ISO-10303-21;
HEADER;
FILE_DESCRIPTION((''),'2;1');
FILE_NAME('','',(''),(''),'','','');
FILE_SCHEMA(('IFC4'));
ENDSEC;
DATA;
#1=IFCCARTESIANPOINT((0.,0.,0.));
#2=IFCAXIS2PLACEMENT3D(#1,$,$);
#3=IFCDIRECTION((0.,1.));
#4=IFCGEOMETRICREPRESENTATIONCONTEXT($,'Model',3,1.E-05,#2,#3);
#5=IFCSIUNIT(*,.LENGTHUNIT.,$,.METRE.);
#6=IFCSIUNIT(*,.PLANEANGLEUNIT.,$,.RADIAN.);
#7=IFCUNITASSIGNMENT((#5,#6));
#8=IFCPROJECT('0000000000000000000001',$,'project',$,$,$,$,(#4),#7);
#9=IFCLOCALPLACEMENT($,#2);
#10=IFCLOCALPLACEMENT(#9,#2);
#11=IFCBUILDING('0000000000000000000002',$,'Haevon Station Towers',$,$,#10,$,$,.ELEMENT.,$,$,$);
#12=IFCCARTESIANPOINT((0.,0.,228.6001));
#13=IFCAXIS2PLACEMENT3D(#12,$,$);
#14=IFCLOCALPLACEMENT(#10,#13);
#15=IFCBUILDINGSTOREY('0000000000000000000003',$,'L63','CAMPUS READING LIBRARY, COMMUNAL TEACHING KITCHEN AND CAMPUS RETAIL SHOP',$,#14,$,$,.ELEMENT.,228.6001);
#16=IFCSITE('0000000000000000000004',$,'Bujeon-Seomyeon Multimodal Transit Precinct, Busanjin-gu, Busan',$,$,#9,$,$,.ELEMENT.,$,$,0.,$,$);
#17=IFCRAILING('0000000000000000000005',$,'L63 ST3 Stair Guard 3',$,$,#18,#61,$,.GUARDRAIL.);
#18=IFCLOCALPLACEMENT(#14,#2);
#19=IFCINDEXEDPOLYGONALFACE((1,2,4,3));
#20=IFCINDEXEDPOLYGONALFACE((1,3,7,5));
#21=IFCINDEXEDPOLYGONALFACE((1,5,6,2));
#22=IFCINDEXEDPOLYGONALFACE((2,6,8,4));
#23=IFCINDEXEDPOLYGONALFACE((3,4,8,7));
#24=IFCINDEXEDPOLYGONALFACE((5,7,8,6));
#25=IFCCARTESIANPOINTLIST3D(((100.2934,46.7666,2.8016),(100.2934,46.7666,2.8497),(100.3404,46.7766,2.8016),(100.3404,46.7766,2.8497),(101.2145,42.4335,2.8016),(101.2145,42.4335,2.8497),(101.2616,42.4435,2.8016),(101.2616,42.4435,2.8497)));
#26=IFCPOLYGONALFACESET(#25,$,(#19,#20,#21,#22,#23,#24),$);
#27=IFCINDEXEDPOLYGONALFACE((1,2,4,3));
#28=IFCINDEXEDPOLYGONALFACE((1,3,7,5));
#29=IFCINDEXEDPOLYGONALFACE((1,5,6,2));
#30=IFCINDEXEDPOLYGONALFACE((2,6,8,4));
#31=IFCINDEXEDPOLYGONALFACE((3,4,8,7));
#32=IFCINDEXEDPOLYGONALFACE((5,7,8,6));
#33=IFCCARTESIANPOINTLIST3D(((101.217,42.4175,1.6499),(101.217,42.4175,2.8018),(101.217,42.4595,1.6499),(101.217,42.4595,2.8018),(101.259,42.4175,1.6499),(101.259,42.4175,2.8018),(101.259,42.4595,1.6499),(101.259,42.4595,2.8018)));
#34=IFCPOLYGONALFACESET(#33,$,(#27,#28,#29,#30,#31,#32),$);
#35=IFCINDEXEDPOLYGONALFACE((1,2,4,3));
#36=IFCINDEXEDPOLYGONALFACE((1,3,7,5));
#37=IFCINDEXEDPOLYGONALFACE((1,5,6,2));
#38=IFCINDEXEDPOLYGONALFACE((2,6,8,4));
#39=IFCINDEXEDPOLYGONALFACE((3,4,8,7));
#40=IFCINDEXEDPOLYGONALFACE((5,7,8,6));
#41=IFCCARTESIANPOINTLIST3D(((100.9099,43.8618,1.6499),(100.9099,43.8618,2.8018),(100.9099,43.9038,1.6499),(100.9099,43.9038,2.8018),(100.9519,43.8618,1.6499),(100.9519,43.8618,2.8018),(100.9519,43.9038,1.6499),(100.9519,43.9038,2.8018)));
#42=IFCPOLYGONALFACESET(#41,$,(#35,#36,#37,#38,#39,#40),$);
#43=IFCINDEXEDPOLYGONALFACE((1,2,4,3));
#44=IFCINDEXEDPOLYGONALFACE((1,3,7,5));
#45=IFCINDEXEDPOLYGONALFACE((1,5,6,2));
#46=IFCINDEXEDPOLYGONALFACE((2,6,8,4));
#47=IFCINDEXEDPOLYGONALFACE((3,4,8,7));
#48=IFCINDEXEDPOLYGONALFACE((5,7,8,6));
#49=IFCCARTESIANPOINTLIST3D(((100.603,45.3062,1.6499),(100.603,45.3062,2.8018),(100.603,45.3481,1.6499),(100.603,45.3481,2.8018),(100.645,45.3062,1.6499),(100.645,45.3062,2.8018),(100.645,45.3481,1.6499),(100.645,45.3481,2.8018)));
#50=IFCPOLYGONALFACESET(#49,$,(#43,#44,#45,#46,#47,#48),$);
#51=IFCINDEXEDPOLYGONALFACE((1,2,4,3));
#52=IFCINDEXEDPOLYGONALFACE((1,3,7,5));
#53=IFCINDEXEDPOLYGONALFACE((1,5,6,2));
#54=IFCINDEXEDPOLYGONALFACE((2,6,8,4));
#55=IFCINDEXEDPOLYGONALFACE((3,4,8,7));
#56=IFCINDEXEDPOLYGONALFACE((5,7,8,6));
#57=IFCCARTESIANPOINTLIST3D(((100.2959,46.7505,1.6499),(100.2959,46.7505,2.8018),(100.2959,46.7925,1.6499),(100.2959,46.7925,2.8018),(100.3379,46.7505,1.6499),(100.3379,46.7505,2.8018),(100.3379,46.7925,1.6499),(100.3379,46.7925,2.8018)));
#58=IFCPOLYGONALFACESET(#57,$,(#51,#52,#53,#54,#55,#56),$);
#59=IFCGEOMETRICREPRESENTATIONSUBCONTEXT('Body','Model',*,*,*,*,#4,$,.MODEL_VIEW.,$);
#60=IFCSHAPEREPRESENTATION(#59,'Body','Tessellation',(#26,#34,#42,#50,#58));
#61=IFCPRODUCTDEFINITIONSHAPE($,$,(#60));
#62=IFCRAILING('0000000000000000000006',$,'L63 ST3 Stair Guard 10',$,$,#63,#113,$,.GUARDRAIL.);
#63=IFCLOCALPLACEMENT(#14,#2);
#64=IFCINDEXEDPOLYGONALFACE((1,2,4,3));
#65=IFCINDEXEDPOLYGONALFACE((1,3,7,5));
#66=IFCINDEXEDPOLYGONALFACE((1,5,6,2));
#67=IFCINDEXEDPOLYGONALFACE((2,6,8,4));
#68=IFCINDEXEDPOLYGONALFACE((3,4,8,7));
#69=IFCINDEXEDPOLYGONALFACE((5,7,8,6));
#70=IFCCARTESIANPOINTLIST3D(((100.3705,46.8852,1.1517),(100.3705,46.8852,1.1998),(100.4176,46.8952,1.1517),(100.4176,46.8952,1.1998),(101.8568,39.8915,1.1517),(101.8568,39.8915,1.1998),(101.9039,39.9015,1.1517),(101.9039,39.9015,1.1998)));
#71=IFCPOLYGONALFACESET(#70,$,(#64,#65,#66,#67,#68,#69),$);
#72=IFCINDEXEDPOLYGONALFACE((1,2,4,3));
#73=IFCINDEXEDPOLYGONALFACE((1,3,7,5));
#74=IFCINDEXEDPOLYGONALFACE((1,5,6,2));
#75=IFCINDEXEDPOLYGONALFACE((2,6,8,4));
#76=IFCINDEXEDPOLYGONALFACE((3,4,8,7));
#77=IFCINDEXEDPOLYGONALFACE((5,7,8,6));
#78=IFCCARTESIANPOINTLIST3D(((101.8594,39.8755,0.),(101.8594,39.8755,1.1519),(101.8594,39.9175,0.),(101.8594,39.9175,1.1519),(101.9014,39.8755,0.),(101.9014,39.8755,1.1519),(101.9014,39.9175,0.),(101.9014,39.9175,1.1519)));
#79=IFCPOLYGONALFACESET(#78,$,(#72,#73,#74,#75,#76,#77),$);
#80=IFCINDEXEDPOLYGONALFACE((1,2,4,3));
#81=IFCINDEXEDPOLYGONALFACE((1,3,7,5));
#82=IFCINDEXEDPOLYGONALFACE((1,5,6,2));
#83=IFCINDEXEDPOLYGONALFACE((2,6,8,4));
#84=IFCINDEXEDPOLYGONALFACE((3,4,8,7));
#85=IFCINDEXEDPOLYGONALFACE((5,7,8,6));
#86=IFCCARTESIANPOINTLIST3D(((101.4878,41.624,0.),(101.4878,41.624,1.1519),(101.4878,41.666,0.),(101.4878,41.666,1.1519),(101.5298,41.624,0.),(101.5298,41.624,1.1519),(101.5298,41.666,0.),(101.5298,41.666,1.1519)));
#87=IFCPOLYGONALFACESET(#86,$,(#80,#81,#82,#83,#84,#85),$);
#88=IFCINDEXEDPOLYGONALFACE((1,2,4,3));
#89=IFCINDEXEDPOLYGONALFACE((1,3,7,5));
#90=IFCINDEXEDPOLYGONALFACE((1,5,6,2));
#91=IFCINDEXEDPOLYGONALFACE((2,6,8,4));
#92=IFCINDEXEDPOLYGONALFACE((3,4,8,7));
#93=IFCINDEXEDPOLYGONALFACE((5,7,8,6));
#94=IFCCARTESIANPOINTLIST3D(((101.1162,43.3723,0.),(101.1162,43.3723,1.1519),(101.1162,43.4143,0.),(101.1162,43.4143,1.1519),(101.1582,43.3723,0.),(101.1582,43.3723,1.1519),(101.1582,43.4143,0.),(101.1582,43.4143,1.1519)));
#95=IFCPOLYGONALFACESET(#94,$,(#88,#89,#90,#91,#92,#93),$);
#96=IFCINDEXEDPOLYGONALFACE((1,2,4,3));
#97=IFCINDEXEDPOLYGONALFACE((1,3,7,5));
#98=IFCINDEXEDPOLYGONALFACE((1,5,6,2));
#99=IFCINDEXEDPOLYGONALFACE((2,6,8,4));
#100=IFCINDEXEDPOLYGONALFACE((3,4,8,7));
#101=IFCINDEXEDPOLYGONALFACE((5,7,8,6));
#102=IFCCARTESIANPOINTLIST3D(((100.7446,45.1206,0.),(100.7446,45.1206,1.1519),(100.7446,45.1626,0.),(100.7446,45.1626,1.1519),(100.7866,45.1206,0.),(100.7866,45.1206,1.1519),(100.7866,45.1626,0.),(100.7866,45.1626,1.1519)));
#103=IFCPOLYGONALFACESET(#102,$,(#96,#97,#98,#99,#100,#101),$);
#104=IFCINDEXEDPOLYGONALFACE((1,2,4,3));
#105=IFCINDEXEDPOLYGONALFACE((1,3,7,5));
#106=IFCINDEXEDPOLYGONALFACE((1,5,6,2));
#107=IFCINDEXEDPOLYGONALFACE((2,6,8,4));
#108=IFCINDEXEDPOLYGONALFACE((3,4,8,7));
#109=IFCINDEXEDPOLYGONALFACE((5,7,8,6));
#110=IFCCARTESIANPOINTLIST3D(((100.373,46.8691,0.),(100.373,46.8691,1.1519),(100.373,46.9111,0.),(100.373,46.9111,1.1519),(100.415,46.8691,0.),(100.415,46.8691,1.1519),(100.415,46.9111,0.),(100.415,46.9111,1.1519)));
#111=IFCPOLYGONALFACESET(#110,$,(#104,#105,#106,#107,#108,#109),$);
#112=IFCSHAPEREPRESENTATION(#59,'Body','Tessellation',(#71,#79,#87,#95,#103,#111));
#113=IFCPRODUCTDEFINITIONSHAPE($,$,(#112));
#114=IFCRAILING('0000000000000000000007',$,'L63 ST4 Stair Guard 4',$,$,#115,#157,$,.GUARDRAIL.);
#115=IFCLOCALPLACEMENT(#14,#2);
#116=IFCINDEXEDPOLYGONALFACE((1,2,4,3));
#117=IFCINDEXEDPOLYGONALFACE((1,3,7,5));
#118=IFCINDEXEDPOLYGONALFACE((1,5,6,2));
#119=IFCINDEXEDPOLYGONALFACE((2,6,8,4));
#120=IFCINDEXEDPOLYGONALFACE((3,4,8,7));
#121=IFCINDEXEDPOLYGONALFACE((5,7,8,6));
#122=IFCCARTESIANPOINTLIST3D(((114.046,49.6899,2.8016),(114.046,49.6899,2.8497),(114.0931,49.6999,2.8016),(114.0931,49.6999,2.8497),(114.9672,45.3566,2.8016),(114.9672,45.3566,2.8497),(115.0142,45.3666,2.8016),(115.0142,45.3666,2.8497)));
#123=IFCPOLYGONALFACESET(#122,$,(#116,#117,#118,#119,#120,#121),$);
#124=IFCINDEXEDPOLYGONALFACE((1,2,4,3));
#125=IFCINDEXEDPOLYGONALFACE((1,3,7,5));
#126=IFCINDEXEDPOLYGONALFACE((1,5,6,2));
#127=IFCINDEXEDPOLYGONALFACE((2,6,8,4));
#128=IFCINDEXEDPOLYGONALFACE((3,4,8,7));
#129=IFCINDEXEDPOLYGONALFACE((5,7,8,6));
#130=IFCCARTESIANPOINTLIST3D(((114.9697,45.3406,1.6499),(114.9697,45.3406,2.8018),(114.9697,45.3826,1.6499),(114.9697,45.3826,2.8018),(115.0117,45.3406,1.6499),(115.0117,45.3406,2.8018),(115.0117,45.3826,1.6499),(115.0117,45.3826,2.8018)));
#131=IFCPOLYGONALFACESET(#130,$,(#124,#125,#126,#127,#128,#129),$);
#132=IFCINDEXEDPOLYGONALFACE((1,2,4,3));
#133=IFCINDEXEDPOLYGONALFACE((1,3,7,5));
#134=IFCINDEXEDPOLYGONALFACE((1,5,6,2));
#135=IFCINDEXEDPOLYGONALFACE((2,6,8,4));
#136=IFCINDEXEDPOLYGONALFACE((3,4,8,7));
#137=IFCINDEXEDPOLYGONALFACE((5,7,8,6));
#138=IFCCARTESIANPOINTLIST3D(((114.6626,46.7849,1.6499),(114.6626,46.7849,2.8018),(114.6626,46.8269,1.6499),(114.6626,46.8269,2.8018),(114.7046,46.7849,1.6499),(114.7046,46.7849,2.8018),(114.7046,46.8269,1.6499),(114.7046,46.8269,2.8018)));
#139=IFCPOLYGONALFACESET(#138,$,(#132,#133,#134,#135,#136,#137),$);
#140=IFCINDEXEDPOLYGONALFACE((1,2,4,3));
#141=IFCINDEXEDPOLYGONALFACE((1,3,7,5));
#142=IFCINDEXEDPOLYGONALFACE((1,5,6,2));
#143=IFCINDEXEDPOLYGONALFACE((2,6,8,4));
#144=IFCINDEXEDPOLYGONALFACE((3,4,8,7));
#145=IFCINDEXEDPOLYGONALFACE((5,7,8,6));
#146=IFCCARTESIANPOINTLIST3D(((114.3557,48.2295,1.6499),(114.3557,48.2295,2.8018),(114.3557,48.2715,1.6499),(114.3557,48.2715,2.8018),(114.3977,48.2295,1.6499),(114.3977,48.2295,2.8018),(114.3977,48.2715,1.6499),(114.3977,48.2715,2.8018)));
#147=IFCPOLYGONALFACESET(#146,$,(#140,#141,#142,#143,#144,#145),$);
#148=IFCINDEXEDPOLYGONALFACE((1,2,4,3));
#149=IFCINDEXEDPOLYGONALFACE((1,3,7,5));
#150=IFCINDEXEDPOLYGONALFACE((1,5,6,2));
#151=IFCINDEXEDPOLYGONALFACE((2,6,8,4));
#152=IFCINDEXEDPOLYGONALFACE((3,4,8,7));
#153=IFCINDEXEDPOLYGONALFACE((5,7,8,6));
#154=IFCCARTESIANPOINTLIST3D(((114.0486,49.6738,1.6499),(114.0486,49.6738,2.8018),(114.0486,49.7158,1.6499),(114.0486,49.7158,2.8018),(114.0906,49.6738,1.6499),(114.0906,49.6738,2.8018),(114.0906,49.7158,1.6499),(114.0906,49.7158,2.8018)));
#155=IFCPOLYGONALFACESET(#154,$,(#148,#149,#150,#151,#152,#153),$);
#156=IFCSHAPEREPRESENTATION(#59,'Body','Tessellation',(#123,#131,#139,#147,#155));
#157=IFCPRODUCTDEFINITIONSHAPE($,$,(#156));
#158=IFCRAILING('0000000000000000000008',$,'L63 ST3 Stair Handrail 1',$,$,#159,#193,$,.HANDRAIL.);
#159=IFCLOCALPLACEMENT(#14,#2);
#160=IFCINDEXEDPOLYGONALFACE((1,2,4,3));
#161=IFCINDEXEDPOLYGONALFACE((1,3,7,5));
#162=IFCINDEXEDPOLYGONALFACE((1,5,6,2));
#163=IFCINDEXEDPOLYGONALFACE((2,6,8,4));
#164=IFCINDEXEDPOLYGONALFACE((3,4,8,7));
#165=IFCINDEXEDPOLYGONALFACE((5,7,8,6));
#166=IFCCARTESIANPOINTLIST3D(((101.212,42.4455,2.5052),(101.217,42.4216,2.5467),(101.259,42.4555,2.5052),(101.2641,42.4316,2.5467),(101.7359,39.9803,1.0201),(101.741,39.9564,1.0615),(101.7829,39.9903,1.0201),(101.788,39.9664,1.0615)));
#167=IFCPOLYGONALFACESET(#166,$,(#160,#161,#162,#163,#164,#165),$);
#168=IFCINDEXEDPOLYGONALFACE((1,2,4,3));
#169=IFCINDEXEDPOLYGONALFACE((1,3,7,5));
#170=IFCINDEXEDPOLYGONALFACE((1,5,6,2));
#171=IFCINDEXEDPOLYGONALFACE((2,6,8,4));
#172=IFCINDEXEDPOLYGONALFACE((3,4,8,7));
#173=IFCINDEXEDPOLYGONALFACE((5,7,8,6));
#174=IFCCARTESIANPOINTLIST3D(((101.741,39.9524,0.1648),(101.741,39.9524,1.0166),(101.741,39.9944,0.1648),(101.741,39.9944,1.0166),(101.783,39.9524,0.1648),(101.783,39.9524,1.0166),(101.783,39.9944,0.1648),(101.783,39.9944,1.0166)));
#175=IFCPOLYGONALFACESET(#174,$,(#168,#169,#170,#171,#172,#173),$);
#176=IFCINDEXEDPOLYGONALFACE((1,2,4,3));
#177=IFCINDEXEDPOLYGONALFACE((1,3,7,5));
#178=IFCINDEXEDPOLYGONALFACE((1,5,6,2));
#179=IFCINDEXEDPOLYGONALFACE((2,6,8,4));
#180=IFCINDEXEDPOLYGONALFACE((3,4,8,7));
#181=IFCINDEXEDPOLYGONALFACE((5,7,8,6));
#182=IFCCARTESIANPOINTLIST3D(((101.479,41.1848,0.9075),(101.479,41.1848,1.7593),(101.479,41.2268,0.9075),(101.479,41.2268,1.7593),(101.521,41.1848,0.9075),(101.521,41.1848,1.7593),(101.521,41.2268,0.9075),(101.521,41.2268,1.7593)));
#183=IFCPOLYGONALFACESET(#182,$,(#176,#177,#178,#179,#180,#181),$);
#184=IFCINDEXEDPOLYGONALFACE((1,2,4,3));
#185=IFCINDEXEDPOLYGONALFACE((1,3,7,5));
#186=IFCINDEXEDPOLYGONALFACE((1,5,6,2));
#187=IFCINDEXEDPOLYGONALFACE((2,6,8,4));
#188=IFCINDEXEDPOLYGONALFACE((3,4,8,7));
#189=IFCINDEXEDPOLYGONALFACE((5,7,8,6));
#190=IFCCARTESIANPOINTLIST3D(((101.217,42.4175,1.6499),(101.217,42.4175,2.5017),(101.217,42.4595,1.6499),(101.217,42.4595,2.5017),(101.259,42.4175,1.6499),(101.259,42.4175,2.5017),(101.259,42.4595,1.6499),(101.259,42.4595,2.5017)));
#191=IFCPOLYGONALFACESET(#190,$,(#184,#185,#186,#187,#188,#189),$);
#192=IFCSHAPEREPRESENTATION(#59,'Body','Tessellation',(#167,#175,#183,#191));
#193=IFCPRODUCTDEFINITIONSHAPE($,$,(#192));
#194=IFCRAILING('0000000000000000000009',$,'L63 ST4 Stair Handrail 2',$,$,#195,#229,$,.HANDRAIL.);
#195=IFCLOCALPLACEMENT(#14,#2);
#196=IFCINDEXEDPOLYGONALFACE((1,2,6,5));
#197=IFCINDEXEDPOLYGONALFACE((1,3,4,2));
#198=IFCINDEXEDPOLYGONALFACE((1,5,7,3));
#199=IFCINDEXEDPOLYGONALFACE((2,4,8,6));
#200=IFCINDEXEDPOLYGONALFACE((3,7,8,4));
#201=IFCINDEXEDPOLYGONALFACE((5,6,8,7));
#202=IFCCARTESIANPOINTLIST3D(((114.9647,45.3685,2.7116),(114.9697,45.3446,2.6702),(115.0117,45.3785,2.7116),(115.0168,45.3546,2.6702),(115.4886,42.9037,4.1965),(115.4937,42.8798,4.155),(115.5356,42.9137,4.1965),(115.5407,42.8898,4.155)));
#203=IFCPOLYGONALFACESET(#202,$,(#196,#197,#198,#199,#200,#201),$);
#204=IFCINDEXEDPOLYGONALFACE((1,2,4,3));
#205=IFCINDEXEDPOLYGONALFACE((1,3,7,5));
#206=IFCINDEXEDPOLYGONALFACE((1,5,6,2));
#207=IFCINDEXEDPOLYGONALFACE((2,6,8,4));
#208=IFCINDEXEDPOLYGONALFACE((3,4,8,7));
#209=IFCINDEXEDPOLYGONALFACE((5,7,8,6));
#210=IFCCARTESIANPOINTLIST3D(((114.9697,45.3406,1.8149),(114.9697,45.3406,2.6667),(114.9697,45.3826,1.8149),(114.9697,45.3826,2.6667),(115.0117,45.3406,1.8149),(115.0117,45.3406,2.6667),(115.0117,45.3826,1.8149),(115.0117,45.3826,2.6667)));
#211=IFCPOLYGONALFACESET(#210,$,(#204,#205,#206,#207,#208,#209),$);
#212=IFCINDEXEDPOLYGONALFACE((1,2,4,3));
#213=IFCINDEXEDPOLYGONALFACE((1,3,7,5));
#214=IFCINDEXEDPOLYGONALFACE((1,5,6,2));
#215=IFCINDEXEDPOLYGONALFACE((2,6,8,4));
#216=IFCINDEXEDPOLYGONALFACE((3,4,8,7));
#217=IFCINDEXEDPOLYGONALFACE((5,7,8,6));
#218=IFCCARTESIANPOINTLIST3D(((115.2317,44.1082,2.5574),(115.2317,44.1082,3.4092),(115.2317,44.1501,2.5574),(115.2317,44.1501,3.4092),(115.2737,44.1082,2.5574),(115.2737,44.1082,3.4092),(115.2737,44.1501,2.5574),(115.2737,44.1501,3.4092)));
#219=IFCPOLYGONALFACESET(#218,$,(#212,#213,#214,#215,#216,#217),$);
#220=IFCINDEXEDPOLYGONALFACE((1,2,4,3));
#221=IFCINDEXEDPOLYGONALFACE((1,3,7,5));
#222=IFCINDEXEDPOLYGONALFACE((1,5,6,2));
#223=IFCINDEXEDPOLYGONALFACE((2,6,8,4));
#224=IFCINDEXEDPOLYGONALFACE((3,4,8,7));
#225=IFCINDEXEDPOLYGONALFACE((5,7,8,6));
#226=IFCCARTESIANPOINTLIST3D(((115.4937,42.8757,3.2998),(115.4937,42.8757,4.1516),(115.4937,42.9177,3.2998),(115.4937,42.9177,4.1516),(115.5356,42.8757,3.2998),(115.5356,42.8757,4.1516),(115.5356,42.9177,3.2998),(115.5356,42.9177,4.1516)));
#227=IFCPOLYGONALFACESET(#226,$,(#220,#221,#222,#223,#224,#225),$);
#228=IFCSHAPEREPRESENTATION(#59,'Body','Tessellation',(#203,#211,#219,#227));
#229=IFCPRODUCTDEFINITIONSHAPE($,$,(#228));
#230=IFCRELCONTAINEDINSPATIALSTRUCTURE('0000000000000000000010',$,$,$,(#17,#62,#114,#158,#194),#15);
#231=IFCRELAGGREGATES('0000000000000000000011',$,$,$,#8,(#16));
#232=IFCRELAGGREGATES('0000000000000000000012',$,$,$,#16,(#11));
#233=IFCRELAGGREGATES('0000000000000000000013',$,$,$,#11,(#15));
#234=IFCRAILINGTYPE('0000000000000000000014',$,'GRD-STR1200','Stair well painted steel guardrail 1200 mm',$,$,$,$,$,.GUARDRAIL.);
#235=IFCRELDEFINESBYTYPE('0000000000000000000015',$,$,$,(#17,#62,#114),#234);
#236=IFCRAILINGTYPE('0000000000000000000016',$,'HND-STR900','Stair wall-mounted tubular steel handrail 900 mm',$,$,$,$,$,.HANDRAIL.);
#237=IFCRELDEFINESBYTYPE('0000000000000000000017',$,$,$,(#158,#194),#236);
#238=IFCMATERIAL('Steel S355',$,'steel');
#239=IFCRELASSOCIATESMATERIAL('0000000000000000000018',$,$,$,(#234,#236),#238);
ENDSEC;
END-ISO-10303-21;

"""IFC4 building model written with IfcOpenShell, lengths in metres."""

from ifc_helpers import new_model, si_unit, direction, frame, origin, origin_2d, place, context, subcontext, project, spatial, rectangle, extrude, material, type_object, element, save


model = new_model("IFC4")

# Units and contexts
model_context = context("Model", 3, precision=1e-05, world=origin(), true_north=direction((0.0, 1.0)))
body_context = subcontext(model_context, "Body", "Model", "MODEL_VIEW")
ifc_project = project(units=[si_unit("LENGTHUNIT", "METRE"), si_unit("PLANEANGLEUNIT", "RADIAN")], contexts=[model_context])

# Site, building, storey
site_placement = place(None, origin())
site = spatial("IfcSite", under=ifc_project, at=site_placement, Name="Bujeon-Seomyeon Multimodal Transit Precinct, Busanjin-gu, Busan", CompositionType="ELEMENT", RefElevation=0.0)
building_placement = place(site_placement, origin())
building = spatial("IfcBuilding", under=site, at=building_placement, Name="Haevon Station Towers", CompositionType="ELEMENT")
storey_placement = place(building_placement, frame((0.0, 0.0, 228.6001)))
storey = spatial("IfcBuildingStorey", under=building, at=storey_placement, Name="L63", Description="CAMPUS READING LIBRARY, COMMUNAL TEACHING KITCHEN AND CAMPUS RETAIL SHOP", CompositionType="ELEMENT", Elevation=228.6001)

# Shared definitions
ifc_material_1 = material(Name="Steel S355", Category="steel")

# Railings
railing_type_1 = type_object("IfcRailingType", Name="GRD-STR1200", Description="Stair well painted steel guardrail 1200 mm", PredefinedType="GUARDRAIL", material=ifc_material_1)
railing_1_placement = place(storey_placement, frame((101.238, 42.4385, 1.6499)))
element("IfcRailing", 1, at=railing_1_placement, inside=storey, type_object=railing_type_1, Name="L63 ST3 Stair Guard 3", PredefinedType="GUARDRAIL", context=body_context, shape_type="SweptSolid", body=[
    extrude(rectangle(XDim=0.0481, YDim=0.0481, at=origin_2d()), frame((0.0, 0.0, 1.1758), z_axis=(-0.20794, 0.978141, 0.0), x_axis=(-0.978141, -0.20794, 0.0)), (0.0, 0.0, 1.0), 4.4299),
    extrude(rectangle(XDim=0.042, YDim=0.042, at=origin_2d()), origin(), (0.0, 0.0, 1.0), 1.1519),
    extrude(rectangle(XDim=0.042, YDim=0.042, at=origin_2d()), frame((-0.3071, 1.4443, 0.0)), (0.0, 0.0, 1.0), 1.1519),
    extrude(rectangle(XDim=0.042, YDim=0.042, at=origin_2d()), frame((-0.614, 2.8887, 0.0)), (0.0, 0.0, 1.0), 1.1519),
    extrude(rectangle(XDim=0.042, YDim=0.042, at=origin_2d()), frame((-0.9211, 4.333, 0.0)), (0.0, 0.0, 1.0), 1.1519),
])
railing_2_placement = place(storey_placement, frame((101.8804, 39.8965, 0.0)))
element("IfcRailing", 2, at=railing_2_placement, inside=storey, type_object=railing_type_1, Name="L63 ST3 Stair Guard 10", PredefinedType="GUARDRAIL", context=body_context, shape_type="SweptSolid", body=[
    extrude(rectangle(XDim=0.0481, YDim=0.0481, at=origin_2d()), frame((0.0, 0.0, 1.1758), z_axis=(-0.207882, 0.978154, 0.0), x_axis=(-0.978154, -0.207882, 0.0)), (0.0, 0.0, 1.0), 7.1499),
    extrude(rectangle(XDim=0.042, YDim=0.042, at=origin_2d()), origin(), (0.0, 0.0, 1.0), 1.1519),
    extrude(rectangle(XDim=0.042, YDim=0.042, at=origin_2d()), frame((-0.3716, 1.7485, 0.0)), (0.0, 0.0, 1.0), 1.1519),
    extrude(rectangle(XDim=0.042, YDim=0.042, at=origin_2d()), frame((-0.7432, 3.4968, 0.0)), (0.0, 0.0, 1.0), 1.1519),
    extrude(rectangle(XDim=0.042, YDim=0.042, at=origin_2d()), frame((-1.1147, 5.2451, 0.0)), (0.0, 0.0, 1.0), 1.1519),
    extrude(rectangle(XDim=0.042, YDim=0.042, at=origin_2d()), frame((-1.4863, 6.9937, 0.0)), (0.0, 0.0, 1.0), 1.1519),
])
railing_3_placement = place(storey_placement, frame((114.9907, 45.3616, 1.6499)))
element("IfcRailing", 3, at=railing_3_placement, inside=storey, type_object=railing_type_1, Name="L63 ST4 Stair Guard 4", PredefinedType="GUARDRAIL", context=body_context, shape_type="SweptSolid", body=[
    extrude(rectangle(XDim=0.0481, YDim=0.0481, at=origin_2d()), frame((0.0, 0.0, 1.1758), z_axis=(-0.207929, 0.978144, 0.0), x_axis=(-0.978144, -0.207929, 0.0)), (0.0, 0.0, 1.0), 4.4302),
    extrude(rectangle(XDim=0.042, YDim=0.042, at=origin_2d()), origin(), (0.0, 0.0, 1.0), 1.1519),
    extrude(rectangle(XDim=0.042, YDim=0.042, at=origin_2d()), frame((-0.3071, 1.4443, 0.0)), (0.0, 0.0, 1.0), 1.1519),
    extrude(rectangle(XDim=0.042, YDim=0.042, at=origin_2d()), frame((-0.614, 2.8889, 0.0)), (0.0, 0.0, 1.0), 1.1519),
    extrude(rectangle(XDim=0.042, YDim=0.042, at=origin_2d()), frame((-0.9211, 4.3333, 0.0)), (0.0, 0.0, 1.0), 1.1519),
])
railing_type_2 = type_object("IfcRailingType", Name="HND-STR900", Description="Stair wall-mounted tubular steel handrail 900 mm", PredefinedType="HANDRAIL", material=ifc_material_1)
railing_4_placement = place(storey_placement, frame((101.762, 39.9734, 0.1648)))
element("IfcRailing", 4, at=railing_4_placement, inside=storey, type_object=railing_type_2, Name="L63 ST3 Stair Handrail 1", PredefinedType="HANDRAIL", context=body_context, shape_type="SweptSolid", body=[
    extrude(rectangle(XDim=0.0481, YDim=0.0481, at=origin_2d()), frame((0.0, 0.0, 0.876), z_axis=(-0.179109, 0.842712, 0.507697), x_axis=(-0.978151, -0.207895, 0.0)), (0.0, 0.0, 1.0), 2.9253),
    extrude(rectangle(XDim=0.042, YDim=0.042, at=origin_2d()), origin(), (0.0, 0.0, 1.0), 0.8518),
    extrude(rectangle(XDim=0.042, YDim=0.042, at=origin_2d()), frame((-0.262, 1.2324, 0.7427)), (0.0, 0.0, 1.0), 0.8518),
    extrude(rectangle(XDim=0.042, YDim=0.042, at=origin_2d()), frame((-0.5239, 2.4651, 1.4851)), (0.0, 0.0, 1.0), 0.8518),
])
railing_5_placement = place(storey_placement, frame((114.9907, 45.3616, 1.8149)))
element("IfcRailing", 5, at=railing_5_placement, inside=storey, type_object=railing_type_2, Name="L63 ST4 Stair Handrail 2", PredefinedType="HANDRAIL", context=body_context, shape_type="SweptSolid", body=[
    extrude(rectangle(XDim=0.0481, YDim=0.0481, at=origin_2d()), frame((0.0, 0.0, 0.876), z_axis=(0.179129, -0.842724, 0.507671), x_axis=(0.978147, 0.207914, 0.0)), (0.0, 0.0, 1.0), 2.9248),
    extrude(rectangle(XDim=0.042, YDim=0.042, at=origin_2d()), origin(), (0.0, 0.0, 1.0), 0.8518),
    extrude(rectangle(XDim=0.042, YDim=0.042, at=origin_2d()), frame((0.262, -1.2324, 0.7424)), (0.0, 0.0, 1.0), 0.8518),
    extrude(rectangle(XDim=0.042, YDim=0.042, at=origin_2d()), frame((0.5239, -2.4648, 1.4849)), (0.0, 0.0, 1.0), 0.8518),
])

save(model, "model.ifc")
